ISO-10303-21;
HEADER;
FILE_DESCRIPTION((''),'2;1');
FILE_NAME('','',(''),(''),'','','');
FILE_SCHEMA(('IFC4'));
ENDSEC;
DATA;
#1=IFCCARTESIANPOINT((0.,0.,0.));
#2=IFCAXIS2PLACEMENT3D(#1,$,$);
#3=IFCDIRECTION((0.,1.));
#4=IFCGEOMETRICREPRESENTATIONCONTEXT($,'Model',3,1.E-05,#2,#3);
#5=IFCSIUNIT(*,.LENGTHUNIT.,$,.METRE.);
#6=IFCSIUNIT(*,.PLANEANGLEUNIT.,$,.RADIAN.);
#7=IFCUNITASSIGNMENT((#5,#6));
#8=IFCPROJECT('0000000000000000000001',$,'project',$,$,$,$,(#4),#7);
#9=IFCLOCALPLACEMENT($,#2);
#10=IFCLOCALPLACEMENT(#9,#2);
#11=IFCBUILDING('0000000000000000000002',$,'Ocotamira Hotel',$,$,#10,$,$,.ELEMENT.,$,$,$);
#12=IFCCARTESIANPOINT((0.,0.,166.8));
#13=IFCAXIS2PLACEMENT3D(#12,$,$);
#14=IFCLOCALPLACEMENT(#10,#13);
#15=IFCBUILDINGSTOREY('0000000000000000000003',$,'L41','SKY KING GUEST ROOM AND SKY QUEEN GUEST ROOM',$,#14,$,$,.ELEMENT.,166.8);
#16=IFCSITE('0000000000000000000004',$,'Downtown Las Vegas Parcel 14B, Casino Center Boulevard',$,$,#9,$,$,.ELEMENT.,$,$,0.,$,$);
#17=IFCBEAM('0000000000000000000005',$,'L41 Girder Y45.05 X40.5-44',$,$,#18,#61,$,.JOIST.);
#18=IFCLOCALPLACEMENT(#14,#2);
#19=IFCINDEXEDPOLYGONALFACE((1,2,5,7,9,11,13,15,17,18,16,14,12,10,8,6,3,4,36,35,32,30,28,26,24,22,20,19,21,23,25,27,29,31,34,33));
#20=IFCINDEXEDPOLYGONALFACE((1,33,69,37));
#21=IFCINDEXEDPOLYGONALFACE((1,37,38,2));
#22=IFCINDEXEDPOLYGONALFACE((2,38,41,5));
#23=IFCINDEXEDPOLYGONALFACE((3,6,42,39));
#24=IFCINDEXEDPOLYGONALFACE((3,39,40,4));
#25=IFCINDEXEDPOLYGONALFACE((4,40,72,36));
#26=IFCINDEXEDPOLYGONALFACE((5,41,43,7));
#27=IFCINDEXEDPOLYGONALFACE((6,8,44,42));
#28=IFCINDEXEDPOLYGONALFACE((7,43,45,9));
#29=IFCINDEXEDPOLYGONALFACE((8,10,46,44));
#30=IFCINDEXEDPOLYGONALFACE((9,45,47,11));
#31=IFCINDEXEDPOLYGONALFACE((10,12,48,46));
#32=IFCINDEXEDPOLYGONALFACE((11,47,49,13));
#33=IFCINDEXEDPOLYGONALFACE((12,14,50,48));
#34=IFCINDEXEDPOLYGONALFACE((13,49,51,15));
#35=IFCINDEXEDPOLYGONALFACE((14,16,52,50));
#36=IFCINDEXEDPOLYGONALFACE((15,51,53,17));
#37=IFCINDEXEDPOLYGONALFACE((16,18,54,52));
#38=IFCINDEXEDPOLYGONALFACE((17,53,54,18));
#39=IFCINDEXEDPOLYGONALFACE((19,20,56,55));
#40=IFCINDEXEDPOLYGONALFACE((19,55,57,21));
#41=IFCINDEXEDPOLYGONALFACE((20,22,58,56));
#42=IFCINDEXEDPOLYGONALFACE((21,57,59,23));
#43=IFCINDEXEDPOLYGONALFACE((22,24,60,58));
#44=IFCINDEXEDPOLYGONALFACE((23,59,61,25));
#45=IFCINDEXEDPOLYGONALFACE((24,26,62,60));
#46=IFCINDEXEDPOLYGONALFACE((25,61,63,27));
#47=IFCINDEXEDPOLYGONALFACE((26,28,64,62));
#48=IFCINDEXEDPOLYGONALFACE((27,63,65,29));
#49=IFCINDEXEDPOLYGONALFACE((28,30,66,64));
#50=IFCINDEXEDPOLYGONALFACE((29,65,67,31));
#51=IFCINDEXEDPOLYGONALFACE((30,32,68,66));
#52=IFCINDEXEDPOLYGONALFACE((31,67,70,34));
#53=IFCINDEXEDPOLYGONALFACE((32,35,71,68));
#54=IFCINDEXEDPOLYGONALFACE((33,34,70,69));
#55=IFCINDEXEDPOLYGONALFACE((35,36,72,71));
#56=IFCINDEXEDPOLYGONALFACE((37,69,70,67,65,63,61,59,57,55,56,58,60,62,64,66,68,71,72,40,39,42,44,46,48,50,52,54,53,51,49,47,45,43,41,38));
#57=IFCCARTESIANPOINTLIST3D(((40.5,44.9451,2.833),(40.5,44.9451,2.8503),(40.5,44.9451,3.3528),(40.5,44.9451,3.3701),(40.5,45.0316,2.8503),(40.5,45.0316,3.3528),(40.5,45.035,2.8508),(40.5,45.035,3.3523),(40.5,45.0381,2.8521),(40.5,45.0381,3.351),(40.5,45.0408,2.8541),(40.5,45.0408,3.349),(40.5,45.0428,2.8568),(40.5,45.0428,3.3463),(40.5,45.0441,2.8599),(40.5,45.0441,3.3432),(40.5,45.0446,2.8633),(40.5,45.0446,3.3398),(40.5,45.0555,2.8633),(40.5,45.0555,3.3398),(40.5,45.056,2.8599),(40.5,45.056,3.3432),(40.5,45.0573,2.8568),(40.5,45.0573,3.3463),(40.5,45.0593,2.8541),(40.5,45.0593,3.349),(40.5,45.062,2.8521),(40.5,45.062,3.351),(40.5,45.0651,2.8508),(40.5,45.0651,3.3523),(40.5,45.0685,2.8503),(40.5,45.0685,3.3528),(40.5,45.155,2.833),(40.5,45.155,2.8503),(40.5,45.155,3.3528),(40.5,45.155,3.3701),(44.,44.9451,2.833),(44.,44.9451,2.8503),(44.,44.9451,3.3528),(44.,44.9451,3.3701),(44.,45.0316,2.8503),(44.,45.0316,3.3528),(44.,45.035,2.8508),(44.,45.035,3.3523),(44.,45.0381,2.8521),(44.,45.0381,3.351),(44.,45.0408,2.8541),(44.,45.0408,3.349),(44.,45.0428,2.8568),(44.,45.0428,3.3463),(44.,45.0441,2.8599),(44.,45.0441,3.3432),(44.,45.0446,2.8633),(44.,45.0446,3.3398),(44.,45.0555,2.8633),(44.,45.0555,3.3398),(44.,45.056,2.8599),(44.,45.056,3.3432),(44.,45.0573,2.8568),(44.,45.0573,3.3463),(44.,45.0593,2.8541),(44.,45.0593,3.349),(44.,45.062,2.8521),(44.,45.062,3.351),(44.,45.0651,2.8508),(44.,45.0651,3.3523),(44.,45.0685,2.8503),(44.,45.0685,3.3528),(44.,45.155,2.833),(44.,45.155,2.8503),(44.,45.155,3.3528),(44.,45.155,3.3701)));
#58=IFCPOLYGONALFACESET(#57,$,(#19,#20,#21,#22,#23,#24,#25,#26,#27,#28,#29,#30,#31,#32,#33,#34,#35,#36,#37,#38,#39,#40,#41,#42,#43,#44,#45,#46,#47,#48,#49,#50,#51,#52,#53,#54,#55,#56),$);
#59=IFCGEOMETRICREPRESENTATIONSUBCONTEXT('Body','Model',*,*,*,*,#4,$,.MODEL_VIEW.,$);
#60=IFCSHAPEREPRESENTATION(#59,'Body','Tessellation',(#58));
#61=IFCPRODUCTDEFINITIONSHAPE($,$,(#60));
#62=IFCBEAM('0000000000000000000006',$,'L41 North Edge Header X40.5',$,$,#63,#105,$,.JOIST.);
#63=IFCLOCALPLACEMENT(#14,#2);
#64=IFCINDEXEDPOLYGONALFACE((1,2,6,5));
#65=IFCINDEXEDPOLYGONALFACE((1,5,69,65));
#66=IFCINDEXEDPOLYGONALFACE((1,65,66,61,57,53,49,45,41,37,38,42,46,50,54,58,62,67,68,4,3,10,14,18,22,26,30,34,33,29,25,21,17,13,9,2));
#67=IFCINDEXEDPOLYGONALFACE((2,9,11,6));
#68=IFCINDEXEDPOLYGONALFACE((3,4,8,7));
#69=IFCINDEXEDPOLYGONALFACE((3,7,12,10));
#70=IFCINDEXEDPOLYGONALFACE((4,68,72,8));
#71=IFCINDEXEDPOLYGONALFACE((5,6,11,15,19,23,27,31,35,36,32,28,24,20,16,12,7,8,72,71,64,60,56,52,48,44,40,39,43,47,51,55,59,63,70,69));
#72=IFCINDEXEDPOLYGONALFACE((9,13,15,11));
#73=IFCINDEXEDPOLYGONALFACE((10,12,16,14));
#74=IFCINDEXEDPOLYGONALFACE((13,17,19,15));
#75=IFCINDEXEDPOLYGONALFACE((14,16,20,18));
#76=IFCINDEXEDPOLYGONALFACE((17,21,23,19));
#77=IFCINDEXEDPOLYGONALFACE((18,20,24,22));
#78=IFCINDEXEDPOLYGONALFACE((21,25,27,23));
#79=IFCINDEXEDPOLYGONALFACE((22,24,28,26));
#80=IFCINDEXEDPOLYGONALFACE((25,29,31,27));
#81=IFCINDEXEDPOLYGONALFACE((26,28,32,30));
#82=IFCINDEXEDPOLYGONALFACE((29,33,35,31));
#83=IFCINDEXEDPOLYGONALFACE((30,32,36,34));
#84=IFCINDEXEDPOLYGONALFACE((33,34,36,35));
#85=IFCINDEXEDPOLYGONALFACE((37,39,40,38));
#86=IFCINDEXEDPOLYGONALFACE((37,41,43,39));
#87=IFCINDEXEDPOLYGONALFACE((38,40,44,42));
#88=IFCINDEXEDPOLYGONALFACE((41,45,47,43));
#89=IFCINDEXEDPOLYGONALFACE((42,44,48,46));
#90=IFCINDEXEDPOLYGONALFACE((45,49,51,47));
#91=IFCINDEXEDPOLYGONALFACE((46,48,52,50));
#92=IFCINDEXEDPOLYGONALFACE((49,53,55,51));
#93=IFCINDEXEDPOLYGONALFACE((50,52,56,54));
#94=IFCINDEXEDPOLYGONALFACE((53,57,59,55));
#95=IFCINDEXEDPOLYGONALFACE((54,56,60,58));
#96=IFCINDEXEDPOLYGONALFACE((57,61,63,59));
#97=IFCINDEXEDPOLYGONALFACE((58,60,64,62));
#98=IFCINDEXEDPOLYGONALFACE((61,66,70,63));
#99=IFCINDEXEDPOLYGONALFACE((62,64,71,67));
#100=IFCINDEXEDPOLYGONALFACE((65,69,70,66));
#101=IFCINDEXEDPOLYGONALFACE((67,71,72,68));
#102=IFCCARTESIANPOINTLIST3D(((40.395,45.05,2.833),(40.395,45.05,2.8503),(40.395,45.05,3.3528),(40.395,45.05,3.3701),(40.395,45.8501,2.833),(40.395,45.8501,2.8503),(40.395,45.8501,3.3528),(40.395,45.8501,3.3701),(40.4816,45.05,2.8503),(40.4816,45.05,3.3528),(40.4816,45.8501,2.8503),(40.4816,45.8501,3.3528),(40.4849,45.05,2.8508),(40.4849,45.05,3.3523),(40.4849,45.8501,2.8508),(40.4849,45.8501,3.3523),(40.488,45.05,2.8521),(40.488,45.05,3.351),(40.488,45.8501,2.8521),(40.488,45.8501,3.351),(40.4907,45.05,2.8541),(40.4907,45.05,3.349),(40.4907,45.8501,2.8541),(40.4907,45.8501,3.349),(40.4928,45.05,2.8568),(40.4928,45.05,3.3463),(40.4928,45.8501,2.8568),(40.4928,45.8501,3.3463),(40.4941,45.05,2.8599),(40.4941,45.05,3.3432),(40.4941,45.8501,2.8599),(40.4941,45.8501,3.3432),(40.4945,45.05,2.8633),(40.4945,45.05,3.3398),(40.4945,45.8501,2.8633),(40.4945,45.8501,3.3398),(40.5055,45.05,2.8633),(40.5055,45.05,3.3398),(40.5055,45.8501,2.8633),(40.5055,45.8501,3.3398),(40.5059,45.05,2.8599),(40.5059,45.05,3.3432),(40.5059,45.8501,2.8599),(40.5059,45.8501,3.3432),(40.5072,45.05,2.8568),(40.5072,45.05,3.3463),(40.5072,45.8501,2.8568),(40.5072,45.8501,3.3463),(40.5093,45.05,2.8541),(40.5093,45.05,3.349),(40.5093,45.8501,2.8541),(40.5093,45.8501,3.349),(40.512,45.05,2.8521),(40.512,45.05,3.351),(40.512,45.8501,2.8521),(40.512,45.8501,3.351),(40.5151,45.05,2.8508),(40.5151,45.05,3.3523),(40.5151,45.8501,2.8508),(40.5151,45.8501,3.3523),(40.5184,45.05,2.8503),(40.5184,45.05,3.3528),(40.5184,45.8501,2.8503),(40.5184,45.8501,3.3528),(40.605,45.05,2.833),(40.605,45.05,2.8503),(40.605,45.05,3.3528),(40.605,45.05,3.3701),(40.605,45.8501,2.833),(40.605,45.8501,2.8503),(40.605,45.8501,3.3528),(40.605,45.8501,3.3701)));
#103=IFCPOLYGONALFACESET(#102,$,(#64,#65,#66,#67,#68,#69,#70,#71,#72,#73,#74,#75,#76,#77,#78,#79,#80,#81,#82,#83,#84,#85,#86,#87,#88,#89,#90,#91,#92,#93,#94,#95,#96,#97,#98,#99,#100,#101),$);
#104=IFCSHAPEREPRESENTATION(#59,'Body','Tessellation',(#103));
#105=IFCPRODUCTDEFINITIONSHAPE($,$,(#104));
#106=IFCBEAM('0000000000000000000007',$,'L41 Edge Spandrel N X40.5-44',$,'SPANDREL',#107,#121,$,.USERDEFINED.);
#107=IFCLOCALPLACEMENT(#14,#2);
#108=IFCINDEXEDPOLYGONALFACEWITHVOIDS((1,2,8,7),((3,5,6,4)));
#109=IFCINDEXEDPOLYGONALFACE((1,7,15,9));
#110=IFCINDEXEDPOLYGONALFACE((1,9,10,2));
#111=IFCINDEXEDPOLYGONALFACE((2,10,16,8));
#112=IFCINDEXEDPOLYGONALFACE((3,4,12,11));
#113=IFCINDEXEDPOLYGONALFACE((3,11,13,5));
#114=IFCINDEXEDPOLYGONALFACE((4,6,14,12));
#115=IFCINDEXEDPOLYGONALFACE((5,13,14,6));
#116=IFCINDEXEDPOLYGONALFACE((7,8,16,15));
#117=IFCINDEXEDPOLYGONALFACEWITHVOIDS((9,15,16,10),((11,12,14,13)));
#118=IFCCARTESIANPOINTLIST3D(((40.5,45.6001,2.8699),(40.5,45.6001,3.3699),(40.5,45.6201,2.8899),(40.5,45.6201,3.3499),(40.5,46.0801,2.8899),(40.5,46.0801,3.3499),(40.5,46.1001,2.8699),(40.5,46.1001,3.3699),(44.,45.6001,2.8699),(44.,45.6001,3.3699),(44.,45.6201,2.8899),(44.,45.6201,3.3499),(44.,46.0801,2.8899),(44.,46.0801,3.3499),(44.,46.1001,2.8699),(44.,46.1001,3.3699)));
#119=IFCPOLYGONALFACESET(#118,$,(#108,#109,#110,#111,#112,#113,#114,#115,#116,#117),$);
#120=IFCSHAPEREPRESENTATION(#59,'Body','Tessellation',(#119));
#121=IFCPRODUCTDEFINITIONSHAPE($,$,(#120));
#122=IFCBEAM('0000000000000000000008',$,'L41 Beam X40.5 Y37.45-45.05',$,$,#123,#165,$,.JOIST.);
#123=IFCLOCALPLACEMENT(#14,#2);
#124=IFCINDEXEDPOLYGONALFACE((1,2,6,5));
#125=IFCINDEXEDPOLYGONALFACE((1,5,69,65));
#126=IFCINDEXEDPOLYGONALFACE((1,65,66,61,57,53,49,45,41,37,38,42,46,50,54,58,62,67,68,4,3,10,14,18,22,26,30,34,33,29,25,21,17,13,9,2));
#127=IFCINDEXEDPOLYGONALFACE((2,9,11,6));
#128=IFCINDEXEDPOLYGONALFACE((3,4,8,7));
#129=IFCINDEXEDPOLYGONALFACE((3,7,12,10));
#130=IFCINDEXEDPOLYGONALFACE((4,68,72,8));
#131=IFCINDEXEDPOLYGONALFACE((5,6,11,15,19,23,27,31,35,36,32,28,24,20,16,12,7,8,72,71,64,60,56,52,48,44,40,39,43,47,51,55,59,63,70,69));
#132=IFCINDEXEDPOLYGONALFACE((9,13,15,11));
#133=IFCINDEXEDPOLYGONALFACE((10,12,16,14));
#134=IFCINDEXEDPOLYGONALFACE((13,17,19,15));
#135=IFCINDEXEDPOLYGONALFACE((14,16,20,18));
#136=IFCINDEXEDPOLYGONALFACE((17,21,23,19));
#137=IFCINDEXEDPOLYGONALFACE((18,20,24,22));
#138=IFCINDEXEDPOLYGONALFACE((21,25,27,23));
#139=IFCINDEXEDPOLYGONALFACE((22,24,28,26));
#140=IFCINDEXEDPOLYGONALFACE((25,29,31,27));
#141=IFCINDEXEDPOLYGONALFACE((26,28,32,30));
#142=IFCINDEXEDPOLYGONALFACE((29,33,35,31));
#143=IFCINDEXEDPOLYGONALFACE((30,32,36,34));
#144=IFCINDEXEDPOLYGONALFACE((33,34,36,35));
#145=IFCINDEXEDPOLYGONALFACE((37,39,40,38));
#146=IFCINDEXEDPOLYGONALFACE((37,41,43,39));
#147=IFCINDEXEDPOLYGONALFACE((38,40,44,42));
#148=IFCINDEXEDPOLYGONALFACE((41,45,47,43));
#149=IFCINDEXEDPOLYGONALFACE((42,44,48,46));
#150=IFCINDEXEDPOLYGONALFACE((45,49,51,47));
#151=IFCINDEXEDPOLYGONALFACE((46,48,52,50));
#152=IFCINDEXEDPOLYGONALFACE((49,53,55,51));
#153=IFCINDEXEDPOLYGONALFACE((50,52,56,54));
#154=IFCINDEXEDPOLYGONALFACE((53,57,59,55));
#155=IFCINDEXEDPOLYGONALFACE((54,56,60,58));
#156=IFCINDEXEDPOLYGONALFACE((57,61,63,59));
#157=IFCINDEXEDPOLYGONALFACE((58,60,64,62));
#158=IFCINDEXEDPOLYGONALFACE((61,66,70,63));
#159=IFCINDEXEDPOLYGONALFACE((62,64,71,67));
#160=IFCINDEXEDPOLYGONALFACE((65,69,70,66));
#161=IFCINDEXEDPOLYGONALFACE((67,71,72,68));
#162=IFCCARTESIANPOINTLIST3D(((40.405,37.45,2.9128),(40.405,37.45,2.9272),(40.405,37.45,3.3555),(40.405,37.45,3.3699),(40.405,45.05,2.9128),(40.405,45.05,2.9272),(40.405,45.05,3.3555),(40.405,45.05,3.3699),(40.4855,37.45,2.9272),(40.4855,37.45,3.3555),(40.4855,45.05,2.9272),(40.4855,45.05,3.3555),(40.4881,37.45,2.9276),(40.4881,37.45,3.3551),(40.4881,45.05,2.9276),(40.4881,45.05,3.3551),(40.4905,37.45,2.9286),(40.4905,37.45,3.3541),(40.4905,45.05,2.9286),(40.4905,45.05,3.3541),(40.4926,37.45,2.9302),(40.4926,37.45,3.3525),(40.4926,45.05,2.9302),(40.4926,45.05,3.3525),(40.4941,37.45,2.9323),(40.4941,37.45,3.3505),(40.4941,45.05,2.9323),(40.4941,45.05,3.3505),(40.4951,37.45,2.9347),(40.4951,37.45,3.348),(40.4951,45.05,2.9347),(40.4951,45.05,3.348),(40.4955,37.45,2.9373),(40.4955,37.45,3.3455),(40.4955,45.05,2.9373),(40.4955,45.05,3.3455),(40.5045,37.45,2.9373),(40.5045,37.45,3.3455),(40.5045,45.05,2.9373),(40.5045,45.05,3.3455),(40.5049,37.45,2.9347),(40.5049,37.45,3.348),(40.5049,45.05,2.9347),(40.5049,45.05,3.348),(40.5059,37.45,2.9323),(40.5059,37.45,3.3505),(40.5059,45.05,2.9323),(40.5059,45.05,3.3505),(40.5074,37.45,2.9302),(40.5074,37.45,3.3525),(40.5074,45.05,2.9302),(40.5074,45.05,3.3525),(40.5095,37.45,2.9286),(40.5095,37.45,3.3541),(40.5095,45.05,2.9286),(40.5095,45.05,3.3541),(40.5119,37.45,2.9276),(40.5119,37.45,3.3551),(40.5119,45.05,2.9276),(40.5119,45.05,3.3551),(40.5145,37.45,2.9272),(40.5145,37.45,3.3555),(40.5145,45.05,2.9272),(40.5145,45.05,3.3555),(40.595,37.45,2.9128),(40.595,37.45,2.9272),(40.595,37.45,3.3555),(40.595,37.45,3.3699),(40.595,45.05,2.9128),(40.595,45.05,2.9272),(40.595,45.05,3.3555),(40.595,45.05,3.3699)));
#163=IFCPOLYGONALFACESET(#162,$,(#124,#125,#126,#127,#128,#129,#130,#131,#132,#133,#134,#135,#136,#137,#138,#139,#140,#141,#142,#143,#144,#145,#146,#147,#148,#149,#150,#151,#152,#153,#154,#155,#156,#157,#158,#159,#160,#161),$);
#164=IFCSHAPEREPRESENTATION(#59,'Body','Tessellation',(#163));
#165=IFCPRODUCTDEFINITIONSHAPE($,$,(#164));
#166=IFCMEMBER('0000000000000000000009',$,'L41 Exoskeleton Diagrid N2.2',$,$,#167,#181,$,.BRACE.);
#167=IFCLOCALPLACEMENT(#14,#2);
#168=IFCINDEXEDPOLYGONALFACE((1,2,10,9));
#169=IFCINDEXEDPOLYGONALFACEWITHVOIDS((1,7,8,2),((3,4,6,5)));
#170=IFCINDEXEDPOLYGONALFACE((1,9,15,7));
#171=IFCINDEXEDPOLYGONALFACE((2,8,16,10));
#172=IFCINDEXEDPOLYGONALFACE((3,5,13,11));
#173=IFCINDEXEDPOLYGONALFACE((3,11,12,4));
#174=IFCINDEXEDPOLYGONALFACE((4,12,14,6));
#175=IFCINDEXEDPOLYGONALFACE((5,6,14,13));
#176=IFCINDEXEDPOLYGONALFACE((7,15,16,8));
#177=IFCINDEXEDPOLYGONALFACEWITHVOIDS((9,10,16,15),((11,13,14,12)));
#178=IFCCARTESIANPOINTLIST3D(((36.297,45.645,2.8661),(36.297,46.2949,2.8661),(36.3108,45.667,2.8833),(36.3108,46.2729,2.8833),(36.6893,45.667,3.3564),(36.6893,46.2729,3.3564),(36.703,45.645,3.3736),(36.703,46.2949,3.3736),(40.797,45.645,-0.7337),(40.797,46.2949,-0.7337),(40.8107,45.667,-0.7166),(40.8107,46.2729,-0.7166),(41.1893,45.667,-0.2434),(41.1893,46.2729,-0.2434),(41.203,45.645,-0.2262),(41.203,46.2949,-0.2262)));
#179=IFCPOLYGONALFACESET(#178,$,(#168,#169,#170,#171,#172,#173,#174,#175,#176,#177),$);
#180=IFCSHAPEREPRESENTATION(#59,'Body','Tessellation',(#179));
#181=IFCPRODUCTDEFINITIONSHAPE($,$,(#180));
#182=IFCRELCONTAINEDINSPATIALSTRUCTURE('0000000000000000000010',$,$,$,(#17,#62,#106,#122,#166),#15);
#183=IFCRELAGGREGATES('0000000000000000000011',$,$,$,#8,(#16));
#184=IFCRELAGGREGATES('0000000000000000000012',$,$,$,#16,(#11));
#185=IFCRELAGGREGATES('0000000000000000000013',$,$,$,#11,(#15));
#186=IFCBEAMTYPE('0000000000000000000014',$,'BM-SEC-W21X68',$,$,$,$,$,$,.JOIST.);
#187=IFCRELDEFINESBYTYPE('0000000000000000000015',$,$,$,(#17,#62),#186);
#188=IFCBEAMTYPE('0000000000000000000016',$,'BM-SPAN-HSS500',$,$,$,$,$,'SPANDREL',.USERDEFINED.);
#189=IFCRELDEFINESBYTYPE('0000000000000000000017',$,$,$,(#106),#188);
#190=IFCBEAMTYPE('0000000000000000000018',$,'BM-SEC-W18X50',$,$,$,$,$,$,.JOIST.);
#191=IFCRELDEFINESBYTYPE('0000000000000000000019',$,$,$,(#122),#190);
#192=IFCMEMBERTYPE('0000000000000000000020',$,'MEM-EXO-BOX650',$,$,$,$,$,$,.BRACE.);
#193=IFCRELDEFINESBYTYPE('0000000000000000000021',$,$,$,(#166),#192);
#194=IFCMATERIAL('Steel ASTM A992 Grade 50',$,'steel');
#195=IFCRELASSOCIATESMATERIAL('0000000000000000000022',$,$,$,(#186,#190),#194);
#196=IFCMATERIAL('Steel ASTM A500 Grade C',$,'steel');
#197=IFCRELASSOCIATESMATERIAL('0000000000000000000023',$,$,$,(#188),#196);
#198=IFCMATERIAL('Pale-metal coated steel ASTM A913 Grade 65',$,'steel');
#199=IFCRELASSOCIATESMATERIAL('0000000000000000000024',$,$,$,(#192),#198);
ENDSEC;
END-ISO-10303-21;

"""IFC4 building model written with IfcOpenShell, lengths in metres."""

from ifc_helpers import new_model, si_unit, direction, frame, origin, origin_2d, place, context, subcontext, project, spatial, hollow_rectangle, i_section, extrude, source, transform, mapped, material, material_profile, profile_set, type_object, element, save


model = new_model("IFC4")

# Units and contexts
model_context = context("Model", 3, precision=1e-05, world=origin(), true_north=direction((0.0, 1.0)))
body_context = subcontext(model_context, "Body", "Model", "MODEL_VIEW")
ifc_project = project(units=[si_unit("LENGTHUNIT", "METRE"), si_unit("PLANEANGLEUNIT", "RADIAN")], contexts=[model_context])

# Site, building, storey
site_placement = place(None, origin())
site = spatial("IfcSite", under=ifc_project, at=site_placement, Name="Downtown Las Vegas Parcel 14B, Casino Center Boulevard", CompositionType="ELEMENT", RefElevation=0.0)
building_placement = place(site_placement, origin())
building = spatial("IfcBuilding", under=site, at=building_placement, Name="Ocotamira Hotel", CompositionType="ELEMENT")
storey_placement = place(building_placement, frame((0.0, 0.0, 166.8)))
storey = spatial("IfcBuildingStorey", under=building, at=storey_placement, Name="L41", Description="SKY KING GUEST ROOM AND SKY QUEEN GUEST ROOM", CompositionType="ELEMENT", Elevation=166.8)

# Beams
ifc_material_1 = material(Name="Steel ASTM A992 Grade 50", Category="steel")
ifc_material_profile_1 = material_profile(ifc_material_1, i_section(OverallWidth=0.21, OverallDepth=0.5371, WebThickness=0.011, FlangeThickness=0.0173, FilletRadius=0.0129, at=origin_2d()), Name="W21X68")
ifc_profile_set_1 = profile_set([ifc_material_profile_1], Name="Steel ASTM A992 Grade 50")
beam_type_1 = type_object("IfcBeamType", Name="BM-SEC-W21X68", PredefinedType="JOIST", material=ifc_profile_set_1)
shared_shape_1 = source(origin(), body_context, "Body", "SweptSolid", [
    extrude(i_section(OverallWidth=0.21, OverallDepth=0.5371, WebThickness=0.011, FlangeThickness=0.0173, FilletRadius=0.0129, at=origin_2d()), origin(), (0.0, 0.0, 1.0), 3.5),
])
beam_1_placement = place(storey_placement, frame((40.5, 45.05, 3.1016), z_axis=(1.0, 0.0, 0.0), x_axis=(0.0, 1.0, 0.0)))
element("IfcBeam", 1, at=beam_1_placement, inside=storey, type_object=beam_type_1, Name="L41 Girder Y45.05 X40.5-44", PredefinedType="JOIST", context=body_context, shape_type="MappedRepresentation", body=[
    mapped(shared_shape_1, transform((0.0, 0.0, 0.0), scale=1.0)),
])
shared_shape_2 = source(origin(), body_context, "Body", "SweptSolid", [
    extrude(i_section(OverallWidth=0.21, OverallDepth=0.5371, WebThickness=0.011, FlangeThickness=0.0173, FilletRadius=0.0129, at=origin_2d()), origin(), (0.0, 0.0, 1.0), 0.8),
])
beam_2_placement = place(storey_placement, frame((40.5, 45.05, 3.1016), z_axis=(0.0, 1.0, 0.0), x_axis=(-1.0, 0.0, 0.0)))
element("IfcBeam", 2, at=beam_2_placement, inside=storey, type_object=beam_type_1, Name="L41 North Edge Header X40.5", PredefinedType="JOIST", context=body_context, shape_type="MappedRepresentation", body=[
    mapped(shared_shape_2, transform((0.0, 0.0, 0.0), scale=1.0)),
])
ifc_material_2 = material(Name="Steel ASTM A500 Grade C", Category="steel")
ifc_material_profile_2 = material_profile(ifc_material_2, hollow_rectangle(XDim=0.5, YDim=0.5, WallThickness=0.02, at=origin_2d()), Name="HSS500X500X20")
ifc_profile_set_2 = profile_set([ifc_material_profile_2], Name="Steel ASTM A500 Grade C")
beam_type_2 = type_object("IfcBeamType", Name="BM-SPAN-HSS500", ElementType="SPANDREL", PredefinedType="USERDEFINED", material=ifc_profile_set_2)
shared_shape_3 = source(origin(), body_context, "Body", "SweptSolid", [
    extrude(hollow_rectangle(XDim=0.5, YDim=0.5, WallThickness=0.02, at=origin_2d()), origin(), (0.0, 0.0, 1.0), 3.5),
])
beam_3_placement = place(storey_placement, frame((40.5, 45.8501, 3.1199), z_axis=(1.0, 0.0, 0.0), x_axis=(0.0, 1.0, 0.0)))
element("IfcBeam", 3, at=beam_3_placement, inside=storey, type_object=beam_type_2, Name="L41 Edge Spandrel N X40.5-44", ObjectType="SPANDREL", PredefinedType="USERDEFINED", context=body_context, shape_type="MappedRepresentation", body=[
    mapped(shared_shape_3, transform((0.0, 0.0, 0.0), scale=1.0)),
])
ifc_material_profile_3 = material_profile(ifc_material_1, i_section(OverallWidth=0.1899, OverallDepth=0.457, WebThickness=0.009, FlangeThickness=0.0144, FilletRadius=0.01, at=origin_2d()), Name="W18X50")
ifc_profile_set_3 = profile_set([ifc_material_profile_3], Name="Steel ASTM A992 Grade 50")
beam_type_3 = type_object("IfcBeamType", Name="BM-SEC-W18X50", PredefinedType="JOIST", material=ifc_profile_set_3)
shared_shape_4 = source(origin(), body_context, "Body", "SweptSolid", [
    extrude(i_section(OverallWidth=0.1899, OverallDepth=0.457, WebThickness=0.009, FlangeThickness=0.0144, FilletRadius=0.01, at=origin_2d()), origin(), (0.0, 0.0, 1.0), 7.6001),
])
beam_4_placement = place(storey_placement, frame((40.5, 37.45, 3.1414), z_axis=(0.0, 1.0, 0.0), x_axis=(-1.0, 0.0, 0.0)))
element("IfcBeam", 4, at=beam_4_placement, inside=storey, type_object=beam_type_3, Name="L41 Beam X40.5 Y37.45-45.05", PredefinedType="JOIST", context=body_context, shape_type="MappedRepresentation", body=[
    mapped(shared_shape_4, transform((0.0, 0.0, 0.0), scale=1.0)),
])

# Member
ifc_material_3 = material(Name="Pale-metal coated steel ASTM A913 Grade 65", Category="steel")
ifc_material_profile_4 = material_profile(ifc_material_3, hollow_rectangle(XDim=0.6499, YDim=0.6499, WallThickness=0.022, at=origin_2d()), Name="BOX650X650X22")
ifc_profile_set_4 = profile_set([ifc_material_profile_4], Name="Pale-metal coated steel ASTM A913 Grade 65")
member_type_1 = type_object("IfcMemberType", Name="MEM-EXO-BOX650", PredefinedType="BRACE", material=ifc_profile_set_4)
shared_shape_5 = source(origin(), body_context, "Body", "SweptSolid", [
    extrude(hollow_rectangle(XDim=0.6499, YDim=0.6499, WallThickness=0.022, at=origin_2d()), origin(), (0.0, 0.0, 1.0), 5.7627),
])
for number, where, z_axis, x_axis, name in (
    (5, (41.0, 45.97, -0.48), (-0.780881, 0.0, 0.62468), (0.0, -1.0, 0.0), "L41 Exoskeleton Diagrid N2.2"),
):
    element("IfcMember", number, at=place(storey_placement, frame(where, z_axis=z_axis, x_axis=x_axis)), inside=storey, type_object=member_type_1, Name=name, PredefinedType="BRACE", context=body_context, shape_type="MappedRepresentation", body=[
        mapped(shared_shape_5, transform((0.0, 0.0, 0.0), scale=1.0)),
    ])

save(model, "model.ifc")
